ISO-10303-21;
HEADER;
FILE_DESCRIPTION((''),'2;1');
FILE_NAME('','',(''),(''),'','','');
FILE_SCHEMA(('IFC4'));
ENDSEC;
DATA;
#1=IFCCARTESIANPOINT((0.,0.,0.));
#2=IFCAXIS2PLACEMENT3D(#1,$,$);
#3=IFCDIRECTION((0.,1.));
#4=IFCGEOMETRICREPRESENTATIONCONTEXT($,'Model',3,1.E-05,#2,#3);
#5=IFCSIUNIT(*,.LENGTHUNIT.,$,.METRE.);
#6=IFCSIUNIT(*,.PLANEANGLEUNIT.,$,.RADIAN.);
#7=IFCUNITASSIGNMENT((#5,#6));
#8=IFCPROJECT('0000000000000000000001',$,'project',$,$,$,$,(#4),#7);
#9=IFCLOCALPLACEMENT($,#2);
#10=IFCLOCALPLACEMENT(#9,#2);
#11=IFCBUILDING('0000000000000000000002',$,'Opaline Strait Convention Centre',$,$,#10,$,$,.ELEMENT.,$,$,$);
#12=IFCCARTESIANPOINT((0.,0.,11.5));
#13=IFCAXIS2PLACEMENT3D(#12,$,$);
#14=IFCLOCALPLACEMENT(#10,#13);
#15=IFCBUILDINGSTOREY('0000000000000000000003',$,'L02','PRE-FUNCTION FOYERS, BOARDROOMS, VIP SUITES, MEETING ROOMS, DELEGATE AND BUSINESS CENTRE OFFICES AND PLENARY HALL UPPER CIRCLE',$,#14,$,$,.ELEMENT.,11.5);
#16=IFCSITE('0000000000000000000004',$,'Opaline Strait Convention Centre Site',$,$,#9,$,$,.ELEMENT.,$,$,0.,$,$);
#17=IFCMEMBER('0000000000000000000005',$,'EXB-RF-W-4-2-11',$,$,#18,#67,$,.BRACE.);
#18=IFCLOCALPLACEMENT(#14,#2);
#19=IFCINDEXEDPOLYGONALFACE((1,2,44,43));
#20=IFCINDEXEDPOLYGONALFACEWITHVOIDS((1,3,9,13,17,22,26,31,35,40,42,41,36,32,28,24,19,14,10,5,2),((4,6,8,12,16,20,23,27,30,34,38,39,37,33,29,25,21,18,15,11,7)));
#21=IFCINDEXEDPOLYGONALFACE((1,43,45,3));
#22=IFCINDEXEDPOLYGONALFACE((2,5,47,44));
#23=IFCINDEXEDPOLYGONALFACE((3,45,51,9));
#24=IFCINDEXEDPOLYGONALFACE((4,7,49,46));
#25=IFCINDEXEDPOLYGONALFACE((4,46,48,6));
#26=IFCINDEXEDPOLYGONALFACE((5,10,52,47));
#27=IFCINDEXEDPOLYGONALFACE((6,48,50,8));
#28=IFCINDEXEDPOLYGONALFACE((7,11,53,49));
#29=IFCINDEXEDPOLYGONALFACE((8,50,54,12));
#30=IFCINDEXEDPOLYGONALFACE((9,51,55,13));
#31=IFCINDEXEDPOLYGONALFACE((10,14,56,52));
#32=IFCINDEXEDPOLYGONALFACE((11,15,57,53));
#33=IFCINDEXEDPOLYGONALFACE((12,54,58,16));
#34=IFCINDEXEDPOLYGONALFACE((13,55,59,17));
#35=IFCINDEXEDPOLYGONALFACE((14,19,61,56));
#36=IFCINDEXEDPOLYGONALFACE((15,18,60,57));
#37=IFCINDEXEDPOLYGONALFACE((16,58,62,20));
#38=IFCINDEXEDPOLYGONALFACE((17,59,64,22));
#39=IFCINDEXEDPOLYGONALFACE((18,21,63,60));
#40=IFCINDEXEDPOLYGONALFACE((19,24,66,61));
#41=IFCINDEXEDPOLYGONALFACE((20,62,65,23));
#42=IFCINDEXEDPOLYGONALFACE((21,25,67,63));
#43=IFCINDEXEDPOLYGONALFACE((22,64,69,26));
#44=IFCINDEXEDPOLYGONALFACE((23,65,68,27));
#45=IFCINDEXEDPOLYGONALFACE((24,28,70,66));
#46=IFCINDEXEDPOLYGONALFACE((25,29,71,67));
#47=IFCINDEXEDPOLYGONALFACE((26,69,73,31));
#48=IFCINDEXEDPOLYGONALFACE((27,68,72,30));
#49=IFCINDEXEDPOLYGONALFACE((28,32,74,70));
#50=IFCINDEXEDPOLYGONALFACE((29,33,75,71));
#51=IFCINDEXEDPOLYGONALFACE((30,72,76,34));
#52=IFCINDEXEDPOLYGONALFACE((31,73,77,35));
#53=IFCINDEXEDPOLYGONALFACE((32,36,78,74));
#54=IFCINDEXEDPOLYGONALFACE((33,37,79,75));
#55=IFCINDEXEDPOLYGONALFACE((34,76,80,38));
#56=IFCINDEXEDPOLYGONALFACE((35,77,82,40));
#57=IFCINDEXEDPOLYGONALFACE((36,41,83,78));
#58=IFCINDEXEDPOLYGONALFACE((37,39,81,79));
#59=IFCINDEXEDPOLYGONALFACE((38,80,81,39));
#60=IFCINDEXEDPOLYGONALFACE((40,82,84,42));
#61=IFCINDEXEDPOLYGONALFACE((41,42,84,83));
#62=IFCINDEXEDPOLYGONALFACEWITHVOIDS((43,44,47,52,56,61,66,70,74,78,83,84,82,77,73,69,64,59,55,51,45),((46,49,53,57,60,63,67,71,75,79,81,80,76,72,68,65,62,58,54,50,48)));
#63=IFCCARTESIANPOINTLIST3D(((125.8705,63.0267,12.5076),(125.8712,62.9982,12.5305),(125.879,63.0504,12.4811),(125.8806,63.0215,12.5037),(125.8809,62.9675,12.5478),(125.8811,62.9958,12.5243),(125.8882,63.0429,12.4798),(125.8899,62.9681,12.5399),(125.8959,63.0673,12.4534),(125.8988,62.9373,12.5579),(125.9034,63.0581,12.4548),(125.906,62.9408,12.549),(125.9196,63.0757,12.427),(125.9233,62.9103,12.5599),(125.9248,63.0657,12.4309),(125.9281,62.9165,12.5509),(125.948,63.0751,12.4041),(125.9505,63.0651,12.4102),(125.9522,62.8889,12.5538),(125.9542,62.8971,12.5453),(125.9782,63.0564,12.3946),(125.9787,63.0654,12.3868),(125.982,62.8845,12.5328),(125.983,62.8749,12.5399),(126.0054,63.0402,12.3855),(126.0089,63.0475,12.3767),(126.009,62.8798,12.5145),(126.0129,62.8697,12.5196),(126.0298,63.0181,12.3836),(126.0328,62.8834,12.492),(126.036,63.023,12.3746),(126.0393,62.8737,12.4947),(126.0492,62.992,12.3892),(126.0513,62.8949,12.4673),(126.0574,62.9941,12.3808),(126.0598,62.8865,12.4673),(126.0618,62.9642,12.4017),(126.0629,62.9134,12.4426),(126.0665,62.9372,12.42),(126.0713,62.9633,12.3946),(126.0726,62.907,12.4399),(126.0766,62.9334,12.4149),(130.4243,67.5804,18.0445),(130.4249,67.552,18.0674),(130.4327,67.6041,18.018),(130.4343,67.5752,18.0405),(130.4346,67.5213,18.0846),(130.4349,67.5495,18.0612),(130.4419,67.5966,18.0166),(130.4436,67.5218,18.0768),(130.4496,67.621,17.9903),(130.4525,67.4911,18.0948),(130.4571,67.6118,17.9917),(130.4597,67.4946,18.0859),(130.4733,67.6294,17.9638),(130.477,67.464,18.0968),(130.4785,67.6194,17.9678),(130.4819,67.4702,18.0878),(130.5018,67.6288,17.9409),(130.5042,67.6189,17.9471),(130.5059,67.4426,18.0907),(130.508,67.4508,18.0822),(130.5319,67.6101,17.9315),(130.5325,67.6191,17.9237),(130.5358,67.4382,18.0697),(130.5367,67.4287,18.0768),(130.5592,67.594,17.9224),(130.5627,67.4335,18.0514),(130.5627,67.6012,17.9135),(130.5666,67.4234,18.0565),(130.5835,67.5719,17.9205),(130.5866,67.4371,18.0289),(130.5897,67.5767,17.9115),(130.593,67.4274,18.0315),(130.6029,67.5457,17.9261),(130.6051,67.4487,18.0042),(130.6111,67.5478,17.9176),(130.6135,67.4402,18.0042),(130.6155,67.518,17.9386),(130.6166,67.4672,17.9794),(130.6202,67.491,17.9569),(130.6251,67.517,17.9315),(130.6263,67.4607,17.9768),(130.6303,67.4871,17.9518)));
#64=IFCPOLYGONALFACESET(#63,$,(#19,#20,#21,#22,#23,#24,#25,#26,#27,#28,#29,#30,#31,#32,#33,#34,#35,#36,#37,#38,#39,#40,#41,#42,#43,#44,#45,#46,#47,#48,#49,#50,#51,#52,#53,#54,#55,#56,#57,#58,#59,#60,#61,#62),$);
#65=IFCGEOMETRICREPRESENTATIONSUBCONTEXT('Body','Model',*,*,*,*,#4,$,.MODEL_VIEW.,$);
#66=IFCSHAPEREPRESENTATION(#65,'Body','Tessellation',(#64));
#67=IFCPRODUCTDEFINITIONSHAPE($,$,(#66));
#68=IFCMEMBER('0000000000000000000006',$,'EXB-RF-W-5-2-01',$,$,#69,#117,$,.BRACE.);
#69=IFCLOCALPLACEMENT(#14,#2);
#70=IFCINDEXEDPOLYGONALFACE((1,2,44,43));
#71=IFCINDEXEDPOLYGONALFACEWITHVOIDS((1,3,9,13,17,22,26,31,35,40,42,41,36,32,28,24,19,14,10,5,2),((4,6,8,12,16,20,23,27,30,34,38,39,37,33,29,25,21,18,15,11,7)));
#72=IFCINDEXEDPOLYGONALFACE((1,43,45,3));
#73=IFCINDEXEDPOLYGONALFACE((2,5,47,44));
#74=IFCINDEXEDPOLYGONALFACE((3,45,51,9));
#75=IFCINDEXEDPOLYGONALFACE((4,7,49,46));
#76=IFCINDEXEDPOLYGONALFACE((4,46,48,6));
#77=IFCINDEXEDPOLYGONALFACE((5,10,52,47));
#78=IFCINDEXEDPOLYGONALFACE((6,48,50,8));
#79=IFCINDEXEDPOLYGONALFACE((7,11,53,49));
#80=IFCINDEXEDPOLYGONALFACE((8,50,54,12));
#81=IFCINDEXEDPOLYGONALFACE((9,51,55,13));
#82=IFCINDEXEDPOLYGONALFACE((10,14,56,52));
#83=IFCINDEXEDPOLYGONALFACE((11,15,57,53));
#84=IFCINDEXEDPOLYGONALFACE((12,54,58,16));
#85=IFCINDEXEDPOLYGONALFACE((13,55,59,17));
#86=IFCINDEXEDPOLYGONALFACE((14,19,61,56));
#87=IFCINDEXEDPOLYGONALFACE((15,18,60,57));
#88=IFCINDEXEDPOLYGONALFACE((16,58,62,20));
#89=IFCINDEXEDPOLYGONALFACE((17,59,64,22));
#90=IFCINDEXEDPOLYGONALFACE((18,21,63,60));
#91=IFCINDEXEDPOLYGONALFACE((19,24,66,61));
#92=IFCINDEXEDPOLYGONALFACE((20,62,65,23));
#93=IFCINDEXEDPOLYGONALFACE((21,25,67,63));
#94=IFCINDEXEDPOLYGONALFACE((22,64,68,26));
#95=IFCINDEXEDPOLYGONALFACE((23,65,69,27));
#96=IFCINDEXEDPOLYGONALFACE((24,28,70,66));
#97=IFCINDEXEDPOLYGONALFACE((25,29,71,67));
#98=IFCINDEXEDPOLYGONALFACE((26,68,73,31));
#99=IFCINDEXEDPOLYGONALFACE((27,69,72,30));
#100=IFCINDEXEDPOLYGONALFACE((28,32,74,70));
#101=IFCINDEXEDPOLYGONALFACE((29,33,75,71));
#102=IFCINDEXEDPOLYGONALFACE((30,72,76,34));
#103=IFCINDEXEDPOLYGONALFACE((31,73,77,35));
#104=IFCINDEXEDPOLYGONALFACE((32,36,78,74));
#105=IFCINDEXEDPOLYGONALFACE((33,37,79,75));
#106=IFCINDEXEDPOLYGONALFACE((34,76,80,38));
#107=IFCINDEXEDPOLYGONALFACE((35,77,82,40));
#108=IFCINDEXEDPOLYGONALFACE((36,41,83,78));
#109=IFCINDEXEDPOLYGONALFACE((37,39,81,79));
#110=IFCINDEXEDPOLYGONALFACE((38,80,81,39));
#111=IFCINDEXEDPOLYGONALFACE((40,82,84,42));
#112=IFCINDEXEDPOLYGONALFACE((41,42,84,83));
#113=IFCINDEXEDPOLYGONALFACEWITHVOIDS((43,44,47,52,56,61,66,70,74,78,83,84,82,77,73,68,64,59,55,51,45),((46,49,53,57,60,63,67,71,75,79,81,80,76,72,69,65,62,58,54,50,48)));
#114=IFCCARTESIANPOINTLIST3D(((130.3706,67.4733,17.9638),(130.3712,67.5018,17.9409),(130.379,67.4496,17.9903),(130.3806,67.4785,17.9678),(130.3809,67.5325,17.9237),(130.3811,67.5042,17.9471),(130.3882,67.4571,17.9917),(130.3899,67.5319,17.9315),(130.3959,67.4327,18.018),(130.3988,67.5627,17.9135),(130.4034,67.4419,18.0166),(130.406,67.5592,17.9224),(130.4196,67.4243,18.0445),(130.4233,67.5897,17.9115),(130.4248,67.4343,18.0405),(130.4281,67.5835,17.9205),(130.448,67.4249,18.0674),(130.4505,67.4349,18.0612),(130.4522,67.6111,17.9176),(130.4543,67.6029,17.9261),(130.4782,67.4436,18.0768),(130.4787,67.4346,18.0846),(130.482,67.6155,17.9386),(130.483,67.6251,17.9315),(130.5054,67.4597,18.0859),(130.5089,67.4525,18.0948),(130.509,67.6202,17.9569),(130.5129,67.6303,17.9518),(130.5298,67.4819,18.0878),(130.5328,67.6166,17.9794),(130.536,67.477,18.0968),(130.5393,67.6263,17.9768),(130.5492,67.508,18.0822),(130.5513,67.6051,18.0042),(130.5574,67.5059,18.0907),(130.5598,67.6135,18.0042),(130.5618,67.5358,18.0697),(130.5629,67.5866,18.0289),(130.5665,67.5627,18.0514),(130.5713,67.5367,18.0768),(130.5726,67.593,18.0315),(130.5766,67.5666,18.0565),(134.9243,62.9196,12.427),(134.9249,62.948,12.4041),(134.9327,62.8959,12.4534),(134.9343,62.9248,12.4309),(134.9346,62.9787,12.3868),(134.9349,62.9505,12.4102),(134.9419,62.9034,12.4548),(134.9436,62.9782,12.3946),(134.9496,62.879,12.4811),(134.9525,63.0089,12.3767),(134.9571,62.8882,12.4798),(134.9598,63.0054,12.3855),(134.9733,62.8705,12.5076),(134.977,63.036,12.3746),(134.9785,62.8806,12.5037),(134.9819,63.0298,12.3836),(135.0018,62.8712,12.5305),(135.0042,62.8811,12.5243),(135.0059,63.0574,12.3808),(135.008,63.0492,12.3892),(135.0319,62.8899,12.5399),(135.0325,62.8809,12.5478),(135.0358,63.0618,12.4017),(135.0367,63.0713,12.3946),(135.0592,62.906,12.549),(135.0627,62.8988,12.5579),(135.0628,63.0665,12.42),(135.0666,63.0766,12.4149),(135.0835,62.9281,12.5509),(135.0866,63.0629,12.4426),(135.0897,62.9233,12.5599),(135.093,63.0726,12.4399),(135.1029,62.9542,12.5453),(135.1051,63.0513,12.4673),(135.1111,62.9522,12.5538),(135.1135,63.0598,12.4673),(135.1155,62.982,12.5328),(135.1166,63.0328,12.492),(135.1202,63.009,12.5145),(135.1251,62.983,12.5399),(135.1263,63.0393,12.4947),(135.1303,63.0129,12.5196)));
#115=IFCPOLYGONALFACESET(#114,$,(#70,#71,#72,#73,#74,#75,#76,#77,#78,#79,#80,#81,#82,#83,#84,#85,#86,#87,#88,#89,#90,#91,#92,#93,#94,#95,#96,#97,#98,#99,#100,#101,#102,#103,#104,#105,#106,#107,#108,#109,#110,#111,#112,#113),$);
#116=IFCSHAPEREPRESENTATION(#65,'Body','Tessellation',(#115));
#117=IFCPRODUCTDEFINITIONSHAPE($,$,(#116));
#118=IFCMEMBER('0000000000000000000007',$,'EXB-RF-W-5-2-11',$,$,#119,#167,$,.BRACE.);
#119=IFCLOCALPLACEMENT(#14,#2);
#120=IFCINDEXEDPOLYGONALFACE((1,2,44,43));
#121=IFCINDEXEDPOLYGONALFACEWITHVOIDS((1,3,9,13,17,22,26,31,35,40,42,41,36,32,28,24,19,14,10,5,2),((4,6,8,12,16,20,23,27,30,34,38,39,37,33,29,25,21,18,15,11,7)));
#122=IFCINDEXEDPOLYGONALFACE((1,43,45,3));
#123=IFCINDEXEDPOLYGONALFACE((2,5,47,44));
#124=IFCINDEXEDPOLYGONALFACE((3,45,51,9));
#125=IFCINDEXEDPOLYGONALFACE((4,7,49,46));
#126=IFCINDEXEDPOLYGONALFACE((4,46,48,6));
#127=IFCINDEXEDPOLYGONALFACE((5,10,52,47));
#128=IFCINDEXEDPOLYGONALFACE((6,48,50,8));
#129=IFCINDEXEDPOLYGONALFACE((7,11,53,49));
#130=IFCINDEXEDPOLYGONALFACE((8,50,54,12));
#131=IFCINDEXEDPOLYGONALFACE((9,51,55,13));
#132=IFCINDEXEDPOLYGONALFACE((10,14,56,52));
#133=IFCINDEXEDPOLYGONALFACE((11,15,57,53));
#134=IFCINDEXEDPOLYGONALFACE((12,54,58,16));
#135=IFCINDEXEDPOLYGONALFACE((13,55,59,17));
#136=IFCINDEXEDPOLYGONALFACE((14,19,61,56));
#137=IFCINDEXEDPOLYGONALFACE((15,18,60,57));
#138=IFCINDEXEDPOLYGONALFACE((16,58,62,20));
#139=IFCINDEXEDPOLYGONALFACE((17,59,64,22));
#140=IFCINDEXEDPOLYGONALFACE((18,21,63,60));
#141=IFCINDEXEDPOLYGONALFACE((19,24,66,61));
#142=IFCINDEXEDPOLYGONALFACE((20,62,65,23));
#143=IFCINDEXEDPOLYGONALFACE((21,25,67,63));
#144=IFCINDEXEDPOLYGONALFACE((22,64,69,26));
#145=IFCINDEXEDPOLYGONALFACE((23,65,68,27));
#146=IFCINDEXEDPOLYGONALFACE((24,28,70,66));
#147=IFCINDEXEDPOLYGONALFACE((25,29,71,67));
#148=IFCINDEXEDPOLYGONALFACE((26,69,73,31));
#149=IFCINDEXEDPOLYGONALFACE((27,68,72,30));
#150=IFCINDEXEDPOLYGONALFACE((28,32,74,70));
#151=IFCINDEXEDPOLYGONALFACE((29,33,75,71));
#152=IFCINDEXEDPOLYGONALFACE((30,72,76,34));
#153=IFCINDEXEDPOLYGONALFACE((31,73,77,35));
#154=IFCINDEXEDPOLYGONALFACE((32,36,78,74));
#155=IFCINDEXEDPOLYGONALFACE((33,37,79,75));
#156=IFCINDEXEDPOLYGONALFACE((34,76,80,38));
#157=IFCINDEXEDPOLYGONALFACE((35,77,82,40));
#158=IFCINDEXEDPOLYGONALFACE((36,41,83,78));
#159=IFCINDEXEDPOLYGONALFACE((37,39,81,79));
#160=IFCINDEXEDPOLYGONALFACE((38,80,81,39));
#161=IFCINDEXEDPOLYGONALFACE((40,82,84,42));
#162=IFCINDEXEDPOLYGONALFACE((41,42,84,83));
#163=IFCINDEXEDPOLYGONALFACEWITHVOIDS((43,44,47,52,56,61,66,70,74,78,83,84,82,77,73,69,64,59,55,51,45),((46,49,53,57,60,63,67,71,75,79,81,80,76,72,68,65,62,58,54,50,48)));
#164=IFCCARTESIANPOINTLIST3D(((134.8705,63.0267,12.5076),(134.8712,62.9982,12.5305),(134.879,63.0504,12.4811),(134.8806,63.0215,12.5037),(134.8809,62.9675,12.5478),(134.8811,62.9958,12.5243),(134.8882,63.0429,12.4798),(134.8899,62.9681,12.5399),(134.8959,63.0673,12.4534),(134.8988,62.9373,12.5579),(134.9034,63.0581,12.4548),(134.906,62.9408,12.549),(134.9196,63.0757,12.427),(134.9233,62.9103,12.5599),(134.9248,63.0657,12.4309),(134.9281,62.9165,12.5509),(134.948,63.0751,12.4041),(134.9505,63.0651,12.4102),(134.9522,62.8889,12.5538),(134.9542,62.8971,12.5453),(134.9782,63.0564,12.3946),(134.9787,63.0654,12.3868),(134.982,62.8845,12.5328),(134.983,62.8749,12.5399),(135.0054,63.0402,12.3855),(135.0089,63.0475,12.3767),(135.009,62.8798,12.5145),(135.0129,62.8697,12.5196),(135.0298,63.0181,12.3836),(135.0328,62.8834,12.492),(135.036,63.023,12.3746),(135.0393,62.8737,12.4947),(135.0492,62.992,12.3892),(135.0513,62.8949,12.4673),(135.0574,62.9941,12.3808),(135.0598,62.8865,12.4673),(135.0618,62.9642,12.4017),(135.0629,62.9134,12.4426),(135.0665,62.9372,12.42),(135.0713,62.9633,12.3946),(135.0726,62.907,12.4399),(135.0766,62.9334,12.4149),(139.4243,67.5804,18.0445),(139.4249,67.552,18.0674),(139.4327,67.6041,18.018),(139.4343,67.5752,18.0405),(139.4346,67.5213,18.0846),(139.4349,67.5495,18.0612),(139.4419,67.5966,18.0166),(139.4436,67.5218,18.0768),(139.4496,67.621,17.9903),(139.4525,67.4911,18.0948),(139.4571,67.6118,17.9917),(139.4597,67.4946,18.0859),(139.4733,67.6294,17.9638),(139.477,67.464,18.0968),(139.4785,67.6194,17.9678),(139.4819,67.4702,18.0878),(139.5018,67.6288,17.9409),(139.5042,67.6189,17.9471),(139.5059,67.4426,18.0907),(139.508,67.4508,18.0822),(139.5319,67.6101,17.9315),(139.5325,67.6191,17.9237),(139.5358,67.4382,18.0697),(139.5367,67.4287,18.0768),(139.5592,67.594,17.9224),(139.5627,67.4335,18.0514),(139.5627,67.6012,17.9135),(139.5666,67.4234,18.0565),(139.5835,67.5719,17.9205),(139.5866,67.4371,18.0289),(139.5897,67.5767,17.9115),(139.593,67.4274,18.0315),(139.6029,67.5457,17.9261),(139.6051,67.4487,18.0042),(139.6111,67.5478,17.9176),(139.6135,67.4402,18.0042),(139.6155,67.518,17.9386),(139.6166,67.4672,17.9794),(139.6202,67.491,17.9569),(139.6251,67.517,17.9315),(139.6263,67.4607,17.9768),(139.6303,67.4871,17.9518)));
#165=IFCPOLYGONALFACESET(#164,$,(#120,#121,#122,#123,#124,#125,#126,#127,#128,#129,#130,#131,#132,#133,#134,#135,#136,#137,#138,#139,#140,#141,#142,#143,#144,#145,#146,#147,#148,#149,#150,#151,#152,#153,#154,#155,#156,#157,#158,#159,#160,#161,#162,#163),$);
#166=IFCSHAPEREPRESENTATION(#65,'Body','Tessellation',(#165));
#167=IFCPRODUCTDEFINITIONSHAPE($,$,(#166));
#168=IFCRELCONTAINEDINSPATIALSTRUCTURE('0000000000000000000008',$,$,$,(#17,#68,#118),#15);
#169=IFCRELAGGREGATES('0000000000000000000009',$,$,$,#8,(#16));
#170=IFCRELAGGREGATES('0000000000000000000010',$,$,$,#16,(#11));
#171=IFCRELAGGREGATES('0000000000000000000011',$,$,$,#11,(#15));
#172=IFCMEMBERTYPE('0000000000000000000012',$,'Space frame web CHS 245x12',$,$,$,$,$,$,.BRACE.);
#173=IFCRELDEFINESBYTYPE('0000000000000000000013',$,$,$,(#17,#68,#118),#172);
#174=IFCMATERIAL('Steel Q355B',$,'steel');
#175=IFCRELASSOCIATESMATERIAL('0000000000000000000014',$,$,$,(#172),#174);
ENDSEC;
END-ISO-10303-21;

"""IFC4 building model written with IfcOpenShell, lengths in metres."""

from ifc_helpers import new_model, si_unit, direction, frame, origin, origin_2d, place, context, subcontext, project, spatial, hollow_circle, extrude, material, material_profile, profile_set, type_object, element, save


model = new_model("IFC4")

# Units and contexts
model_context = context("Model", 3, precision=1e-05, world=origin(), true_north=direction((0.0, 1.0)))
body_context = subcontext(model_context, "Body", "Model", "MODEL_VIEW")
ifc_project = project(units=[si_unit("LENGTHUNIT", "METRE"), si_unit("PLANEANGLEUNIT", "RADIAN")], contexts=[model_context])

# Site, building, storey
site_placement = place(None, origin())
site = spatial("IfcSite", under=ifc_project, at=site_placement, Name="Opaline Strait Convention Centre Site", CompositionType="ELEMENT", RefElevation=0.0)
building_placement = place(site_placement, origin())
building = spatial("IfcBuilding", under=site, at=building_placement, Name="Opaline Strait Convention Centre", CompositionType="ELEMENT")
storey_placement = place(building_placement, frame((0.0, 0.0, 11.5)))
storey = spatial("IfcBuildingStorey", under=building, at=storey_placement, Name="L02", Description="PRE-FUNCTION FOYERS, BOARDROOMS, VIP SUITES, MEETING ROOMS, DELEGATE AND BUSINESS CENTRE OFFICES AND PLENARY HALL UPPER CIRCLE", CompositionType="ELEMENT", Elevation=11.5)

# Members
ifc_material = material(Name="Steel Q355B", Category="steel")
ifc_material_profile_1 = material_profile(ifc_material, hollow_circle(Radius=0.1226, WallThickness=0.012, at=origin_2d()), Name="CHS 245x12")
ifc_profile_set_1 = profile_set([ifc_material_profile_1], Name="Steel Q355B")
member_type_1 = type_object("IfcMemberType", Name="Space frame web CHS 245x12", PredefinedType="BRACE", material=ifc_profile_set_1)
for number, where, z_axis, x_axis, name in (
    (1, (130.5269, 67.5269, 18.0042), (-0.536178, -0.536178, -0.65194), (0.707107, -0.707107, 0.0), "EXB-RF-W-4-2-11"),
    (2, (130.4731, 67.5269, 18.0042), (0.536178, -0.536178, -0.65194), (0.707107, 0.707107, 0.0), "EXB-RF-W-5-2-01"),
    (3, (139.5269, 67.5269, 18.0042), (-0.536178, -0.536178, -0.65194), (0.707107, -0.707107, 0.0), "EXB-RF-W-5-2-11"),
):
    element("IfcMember", number, at=place(storey_placement, frame(where, z_axis=z_axis, x_axis=x_axis)), inside=storey, type_object=member_type_1, Name=name, PredefinedType="BRACE", context=body_context, shape_type="SweptSolid", body=[
        extrude(hollow_circle(Radius=0.1226, WallThickness=0.012, at=origin_2d()), origin(), (0.0, 0.0, 1.0), 8.4929),
    ])

save(model, "model.ifc")
